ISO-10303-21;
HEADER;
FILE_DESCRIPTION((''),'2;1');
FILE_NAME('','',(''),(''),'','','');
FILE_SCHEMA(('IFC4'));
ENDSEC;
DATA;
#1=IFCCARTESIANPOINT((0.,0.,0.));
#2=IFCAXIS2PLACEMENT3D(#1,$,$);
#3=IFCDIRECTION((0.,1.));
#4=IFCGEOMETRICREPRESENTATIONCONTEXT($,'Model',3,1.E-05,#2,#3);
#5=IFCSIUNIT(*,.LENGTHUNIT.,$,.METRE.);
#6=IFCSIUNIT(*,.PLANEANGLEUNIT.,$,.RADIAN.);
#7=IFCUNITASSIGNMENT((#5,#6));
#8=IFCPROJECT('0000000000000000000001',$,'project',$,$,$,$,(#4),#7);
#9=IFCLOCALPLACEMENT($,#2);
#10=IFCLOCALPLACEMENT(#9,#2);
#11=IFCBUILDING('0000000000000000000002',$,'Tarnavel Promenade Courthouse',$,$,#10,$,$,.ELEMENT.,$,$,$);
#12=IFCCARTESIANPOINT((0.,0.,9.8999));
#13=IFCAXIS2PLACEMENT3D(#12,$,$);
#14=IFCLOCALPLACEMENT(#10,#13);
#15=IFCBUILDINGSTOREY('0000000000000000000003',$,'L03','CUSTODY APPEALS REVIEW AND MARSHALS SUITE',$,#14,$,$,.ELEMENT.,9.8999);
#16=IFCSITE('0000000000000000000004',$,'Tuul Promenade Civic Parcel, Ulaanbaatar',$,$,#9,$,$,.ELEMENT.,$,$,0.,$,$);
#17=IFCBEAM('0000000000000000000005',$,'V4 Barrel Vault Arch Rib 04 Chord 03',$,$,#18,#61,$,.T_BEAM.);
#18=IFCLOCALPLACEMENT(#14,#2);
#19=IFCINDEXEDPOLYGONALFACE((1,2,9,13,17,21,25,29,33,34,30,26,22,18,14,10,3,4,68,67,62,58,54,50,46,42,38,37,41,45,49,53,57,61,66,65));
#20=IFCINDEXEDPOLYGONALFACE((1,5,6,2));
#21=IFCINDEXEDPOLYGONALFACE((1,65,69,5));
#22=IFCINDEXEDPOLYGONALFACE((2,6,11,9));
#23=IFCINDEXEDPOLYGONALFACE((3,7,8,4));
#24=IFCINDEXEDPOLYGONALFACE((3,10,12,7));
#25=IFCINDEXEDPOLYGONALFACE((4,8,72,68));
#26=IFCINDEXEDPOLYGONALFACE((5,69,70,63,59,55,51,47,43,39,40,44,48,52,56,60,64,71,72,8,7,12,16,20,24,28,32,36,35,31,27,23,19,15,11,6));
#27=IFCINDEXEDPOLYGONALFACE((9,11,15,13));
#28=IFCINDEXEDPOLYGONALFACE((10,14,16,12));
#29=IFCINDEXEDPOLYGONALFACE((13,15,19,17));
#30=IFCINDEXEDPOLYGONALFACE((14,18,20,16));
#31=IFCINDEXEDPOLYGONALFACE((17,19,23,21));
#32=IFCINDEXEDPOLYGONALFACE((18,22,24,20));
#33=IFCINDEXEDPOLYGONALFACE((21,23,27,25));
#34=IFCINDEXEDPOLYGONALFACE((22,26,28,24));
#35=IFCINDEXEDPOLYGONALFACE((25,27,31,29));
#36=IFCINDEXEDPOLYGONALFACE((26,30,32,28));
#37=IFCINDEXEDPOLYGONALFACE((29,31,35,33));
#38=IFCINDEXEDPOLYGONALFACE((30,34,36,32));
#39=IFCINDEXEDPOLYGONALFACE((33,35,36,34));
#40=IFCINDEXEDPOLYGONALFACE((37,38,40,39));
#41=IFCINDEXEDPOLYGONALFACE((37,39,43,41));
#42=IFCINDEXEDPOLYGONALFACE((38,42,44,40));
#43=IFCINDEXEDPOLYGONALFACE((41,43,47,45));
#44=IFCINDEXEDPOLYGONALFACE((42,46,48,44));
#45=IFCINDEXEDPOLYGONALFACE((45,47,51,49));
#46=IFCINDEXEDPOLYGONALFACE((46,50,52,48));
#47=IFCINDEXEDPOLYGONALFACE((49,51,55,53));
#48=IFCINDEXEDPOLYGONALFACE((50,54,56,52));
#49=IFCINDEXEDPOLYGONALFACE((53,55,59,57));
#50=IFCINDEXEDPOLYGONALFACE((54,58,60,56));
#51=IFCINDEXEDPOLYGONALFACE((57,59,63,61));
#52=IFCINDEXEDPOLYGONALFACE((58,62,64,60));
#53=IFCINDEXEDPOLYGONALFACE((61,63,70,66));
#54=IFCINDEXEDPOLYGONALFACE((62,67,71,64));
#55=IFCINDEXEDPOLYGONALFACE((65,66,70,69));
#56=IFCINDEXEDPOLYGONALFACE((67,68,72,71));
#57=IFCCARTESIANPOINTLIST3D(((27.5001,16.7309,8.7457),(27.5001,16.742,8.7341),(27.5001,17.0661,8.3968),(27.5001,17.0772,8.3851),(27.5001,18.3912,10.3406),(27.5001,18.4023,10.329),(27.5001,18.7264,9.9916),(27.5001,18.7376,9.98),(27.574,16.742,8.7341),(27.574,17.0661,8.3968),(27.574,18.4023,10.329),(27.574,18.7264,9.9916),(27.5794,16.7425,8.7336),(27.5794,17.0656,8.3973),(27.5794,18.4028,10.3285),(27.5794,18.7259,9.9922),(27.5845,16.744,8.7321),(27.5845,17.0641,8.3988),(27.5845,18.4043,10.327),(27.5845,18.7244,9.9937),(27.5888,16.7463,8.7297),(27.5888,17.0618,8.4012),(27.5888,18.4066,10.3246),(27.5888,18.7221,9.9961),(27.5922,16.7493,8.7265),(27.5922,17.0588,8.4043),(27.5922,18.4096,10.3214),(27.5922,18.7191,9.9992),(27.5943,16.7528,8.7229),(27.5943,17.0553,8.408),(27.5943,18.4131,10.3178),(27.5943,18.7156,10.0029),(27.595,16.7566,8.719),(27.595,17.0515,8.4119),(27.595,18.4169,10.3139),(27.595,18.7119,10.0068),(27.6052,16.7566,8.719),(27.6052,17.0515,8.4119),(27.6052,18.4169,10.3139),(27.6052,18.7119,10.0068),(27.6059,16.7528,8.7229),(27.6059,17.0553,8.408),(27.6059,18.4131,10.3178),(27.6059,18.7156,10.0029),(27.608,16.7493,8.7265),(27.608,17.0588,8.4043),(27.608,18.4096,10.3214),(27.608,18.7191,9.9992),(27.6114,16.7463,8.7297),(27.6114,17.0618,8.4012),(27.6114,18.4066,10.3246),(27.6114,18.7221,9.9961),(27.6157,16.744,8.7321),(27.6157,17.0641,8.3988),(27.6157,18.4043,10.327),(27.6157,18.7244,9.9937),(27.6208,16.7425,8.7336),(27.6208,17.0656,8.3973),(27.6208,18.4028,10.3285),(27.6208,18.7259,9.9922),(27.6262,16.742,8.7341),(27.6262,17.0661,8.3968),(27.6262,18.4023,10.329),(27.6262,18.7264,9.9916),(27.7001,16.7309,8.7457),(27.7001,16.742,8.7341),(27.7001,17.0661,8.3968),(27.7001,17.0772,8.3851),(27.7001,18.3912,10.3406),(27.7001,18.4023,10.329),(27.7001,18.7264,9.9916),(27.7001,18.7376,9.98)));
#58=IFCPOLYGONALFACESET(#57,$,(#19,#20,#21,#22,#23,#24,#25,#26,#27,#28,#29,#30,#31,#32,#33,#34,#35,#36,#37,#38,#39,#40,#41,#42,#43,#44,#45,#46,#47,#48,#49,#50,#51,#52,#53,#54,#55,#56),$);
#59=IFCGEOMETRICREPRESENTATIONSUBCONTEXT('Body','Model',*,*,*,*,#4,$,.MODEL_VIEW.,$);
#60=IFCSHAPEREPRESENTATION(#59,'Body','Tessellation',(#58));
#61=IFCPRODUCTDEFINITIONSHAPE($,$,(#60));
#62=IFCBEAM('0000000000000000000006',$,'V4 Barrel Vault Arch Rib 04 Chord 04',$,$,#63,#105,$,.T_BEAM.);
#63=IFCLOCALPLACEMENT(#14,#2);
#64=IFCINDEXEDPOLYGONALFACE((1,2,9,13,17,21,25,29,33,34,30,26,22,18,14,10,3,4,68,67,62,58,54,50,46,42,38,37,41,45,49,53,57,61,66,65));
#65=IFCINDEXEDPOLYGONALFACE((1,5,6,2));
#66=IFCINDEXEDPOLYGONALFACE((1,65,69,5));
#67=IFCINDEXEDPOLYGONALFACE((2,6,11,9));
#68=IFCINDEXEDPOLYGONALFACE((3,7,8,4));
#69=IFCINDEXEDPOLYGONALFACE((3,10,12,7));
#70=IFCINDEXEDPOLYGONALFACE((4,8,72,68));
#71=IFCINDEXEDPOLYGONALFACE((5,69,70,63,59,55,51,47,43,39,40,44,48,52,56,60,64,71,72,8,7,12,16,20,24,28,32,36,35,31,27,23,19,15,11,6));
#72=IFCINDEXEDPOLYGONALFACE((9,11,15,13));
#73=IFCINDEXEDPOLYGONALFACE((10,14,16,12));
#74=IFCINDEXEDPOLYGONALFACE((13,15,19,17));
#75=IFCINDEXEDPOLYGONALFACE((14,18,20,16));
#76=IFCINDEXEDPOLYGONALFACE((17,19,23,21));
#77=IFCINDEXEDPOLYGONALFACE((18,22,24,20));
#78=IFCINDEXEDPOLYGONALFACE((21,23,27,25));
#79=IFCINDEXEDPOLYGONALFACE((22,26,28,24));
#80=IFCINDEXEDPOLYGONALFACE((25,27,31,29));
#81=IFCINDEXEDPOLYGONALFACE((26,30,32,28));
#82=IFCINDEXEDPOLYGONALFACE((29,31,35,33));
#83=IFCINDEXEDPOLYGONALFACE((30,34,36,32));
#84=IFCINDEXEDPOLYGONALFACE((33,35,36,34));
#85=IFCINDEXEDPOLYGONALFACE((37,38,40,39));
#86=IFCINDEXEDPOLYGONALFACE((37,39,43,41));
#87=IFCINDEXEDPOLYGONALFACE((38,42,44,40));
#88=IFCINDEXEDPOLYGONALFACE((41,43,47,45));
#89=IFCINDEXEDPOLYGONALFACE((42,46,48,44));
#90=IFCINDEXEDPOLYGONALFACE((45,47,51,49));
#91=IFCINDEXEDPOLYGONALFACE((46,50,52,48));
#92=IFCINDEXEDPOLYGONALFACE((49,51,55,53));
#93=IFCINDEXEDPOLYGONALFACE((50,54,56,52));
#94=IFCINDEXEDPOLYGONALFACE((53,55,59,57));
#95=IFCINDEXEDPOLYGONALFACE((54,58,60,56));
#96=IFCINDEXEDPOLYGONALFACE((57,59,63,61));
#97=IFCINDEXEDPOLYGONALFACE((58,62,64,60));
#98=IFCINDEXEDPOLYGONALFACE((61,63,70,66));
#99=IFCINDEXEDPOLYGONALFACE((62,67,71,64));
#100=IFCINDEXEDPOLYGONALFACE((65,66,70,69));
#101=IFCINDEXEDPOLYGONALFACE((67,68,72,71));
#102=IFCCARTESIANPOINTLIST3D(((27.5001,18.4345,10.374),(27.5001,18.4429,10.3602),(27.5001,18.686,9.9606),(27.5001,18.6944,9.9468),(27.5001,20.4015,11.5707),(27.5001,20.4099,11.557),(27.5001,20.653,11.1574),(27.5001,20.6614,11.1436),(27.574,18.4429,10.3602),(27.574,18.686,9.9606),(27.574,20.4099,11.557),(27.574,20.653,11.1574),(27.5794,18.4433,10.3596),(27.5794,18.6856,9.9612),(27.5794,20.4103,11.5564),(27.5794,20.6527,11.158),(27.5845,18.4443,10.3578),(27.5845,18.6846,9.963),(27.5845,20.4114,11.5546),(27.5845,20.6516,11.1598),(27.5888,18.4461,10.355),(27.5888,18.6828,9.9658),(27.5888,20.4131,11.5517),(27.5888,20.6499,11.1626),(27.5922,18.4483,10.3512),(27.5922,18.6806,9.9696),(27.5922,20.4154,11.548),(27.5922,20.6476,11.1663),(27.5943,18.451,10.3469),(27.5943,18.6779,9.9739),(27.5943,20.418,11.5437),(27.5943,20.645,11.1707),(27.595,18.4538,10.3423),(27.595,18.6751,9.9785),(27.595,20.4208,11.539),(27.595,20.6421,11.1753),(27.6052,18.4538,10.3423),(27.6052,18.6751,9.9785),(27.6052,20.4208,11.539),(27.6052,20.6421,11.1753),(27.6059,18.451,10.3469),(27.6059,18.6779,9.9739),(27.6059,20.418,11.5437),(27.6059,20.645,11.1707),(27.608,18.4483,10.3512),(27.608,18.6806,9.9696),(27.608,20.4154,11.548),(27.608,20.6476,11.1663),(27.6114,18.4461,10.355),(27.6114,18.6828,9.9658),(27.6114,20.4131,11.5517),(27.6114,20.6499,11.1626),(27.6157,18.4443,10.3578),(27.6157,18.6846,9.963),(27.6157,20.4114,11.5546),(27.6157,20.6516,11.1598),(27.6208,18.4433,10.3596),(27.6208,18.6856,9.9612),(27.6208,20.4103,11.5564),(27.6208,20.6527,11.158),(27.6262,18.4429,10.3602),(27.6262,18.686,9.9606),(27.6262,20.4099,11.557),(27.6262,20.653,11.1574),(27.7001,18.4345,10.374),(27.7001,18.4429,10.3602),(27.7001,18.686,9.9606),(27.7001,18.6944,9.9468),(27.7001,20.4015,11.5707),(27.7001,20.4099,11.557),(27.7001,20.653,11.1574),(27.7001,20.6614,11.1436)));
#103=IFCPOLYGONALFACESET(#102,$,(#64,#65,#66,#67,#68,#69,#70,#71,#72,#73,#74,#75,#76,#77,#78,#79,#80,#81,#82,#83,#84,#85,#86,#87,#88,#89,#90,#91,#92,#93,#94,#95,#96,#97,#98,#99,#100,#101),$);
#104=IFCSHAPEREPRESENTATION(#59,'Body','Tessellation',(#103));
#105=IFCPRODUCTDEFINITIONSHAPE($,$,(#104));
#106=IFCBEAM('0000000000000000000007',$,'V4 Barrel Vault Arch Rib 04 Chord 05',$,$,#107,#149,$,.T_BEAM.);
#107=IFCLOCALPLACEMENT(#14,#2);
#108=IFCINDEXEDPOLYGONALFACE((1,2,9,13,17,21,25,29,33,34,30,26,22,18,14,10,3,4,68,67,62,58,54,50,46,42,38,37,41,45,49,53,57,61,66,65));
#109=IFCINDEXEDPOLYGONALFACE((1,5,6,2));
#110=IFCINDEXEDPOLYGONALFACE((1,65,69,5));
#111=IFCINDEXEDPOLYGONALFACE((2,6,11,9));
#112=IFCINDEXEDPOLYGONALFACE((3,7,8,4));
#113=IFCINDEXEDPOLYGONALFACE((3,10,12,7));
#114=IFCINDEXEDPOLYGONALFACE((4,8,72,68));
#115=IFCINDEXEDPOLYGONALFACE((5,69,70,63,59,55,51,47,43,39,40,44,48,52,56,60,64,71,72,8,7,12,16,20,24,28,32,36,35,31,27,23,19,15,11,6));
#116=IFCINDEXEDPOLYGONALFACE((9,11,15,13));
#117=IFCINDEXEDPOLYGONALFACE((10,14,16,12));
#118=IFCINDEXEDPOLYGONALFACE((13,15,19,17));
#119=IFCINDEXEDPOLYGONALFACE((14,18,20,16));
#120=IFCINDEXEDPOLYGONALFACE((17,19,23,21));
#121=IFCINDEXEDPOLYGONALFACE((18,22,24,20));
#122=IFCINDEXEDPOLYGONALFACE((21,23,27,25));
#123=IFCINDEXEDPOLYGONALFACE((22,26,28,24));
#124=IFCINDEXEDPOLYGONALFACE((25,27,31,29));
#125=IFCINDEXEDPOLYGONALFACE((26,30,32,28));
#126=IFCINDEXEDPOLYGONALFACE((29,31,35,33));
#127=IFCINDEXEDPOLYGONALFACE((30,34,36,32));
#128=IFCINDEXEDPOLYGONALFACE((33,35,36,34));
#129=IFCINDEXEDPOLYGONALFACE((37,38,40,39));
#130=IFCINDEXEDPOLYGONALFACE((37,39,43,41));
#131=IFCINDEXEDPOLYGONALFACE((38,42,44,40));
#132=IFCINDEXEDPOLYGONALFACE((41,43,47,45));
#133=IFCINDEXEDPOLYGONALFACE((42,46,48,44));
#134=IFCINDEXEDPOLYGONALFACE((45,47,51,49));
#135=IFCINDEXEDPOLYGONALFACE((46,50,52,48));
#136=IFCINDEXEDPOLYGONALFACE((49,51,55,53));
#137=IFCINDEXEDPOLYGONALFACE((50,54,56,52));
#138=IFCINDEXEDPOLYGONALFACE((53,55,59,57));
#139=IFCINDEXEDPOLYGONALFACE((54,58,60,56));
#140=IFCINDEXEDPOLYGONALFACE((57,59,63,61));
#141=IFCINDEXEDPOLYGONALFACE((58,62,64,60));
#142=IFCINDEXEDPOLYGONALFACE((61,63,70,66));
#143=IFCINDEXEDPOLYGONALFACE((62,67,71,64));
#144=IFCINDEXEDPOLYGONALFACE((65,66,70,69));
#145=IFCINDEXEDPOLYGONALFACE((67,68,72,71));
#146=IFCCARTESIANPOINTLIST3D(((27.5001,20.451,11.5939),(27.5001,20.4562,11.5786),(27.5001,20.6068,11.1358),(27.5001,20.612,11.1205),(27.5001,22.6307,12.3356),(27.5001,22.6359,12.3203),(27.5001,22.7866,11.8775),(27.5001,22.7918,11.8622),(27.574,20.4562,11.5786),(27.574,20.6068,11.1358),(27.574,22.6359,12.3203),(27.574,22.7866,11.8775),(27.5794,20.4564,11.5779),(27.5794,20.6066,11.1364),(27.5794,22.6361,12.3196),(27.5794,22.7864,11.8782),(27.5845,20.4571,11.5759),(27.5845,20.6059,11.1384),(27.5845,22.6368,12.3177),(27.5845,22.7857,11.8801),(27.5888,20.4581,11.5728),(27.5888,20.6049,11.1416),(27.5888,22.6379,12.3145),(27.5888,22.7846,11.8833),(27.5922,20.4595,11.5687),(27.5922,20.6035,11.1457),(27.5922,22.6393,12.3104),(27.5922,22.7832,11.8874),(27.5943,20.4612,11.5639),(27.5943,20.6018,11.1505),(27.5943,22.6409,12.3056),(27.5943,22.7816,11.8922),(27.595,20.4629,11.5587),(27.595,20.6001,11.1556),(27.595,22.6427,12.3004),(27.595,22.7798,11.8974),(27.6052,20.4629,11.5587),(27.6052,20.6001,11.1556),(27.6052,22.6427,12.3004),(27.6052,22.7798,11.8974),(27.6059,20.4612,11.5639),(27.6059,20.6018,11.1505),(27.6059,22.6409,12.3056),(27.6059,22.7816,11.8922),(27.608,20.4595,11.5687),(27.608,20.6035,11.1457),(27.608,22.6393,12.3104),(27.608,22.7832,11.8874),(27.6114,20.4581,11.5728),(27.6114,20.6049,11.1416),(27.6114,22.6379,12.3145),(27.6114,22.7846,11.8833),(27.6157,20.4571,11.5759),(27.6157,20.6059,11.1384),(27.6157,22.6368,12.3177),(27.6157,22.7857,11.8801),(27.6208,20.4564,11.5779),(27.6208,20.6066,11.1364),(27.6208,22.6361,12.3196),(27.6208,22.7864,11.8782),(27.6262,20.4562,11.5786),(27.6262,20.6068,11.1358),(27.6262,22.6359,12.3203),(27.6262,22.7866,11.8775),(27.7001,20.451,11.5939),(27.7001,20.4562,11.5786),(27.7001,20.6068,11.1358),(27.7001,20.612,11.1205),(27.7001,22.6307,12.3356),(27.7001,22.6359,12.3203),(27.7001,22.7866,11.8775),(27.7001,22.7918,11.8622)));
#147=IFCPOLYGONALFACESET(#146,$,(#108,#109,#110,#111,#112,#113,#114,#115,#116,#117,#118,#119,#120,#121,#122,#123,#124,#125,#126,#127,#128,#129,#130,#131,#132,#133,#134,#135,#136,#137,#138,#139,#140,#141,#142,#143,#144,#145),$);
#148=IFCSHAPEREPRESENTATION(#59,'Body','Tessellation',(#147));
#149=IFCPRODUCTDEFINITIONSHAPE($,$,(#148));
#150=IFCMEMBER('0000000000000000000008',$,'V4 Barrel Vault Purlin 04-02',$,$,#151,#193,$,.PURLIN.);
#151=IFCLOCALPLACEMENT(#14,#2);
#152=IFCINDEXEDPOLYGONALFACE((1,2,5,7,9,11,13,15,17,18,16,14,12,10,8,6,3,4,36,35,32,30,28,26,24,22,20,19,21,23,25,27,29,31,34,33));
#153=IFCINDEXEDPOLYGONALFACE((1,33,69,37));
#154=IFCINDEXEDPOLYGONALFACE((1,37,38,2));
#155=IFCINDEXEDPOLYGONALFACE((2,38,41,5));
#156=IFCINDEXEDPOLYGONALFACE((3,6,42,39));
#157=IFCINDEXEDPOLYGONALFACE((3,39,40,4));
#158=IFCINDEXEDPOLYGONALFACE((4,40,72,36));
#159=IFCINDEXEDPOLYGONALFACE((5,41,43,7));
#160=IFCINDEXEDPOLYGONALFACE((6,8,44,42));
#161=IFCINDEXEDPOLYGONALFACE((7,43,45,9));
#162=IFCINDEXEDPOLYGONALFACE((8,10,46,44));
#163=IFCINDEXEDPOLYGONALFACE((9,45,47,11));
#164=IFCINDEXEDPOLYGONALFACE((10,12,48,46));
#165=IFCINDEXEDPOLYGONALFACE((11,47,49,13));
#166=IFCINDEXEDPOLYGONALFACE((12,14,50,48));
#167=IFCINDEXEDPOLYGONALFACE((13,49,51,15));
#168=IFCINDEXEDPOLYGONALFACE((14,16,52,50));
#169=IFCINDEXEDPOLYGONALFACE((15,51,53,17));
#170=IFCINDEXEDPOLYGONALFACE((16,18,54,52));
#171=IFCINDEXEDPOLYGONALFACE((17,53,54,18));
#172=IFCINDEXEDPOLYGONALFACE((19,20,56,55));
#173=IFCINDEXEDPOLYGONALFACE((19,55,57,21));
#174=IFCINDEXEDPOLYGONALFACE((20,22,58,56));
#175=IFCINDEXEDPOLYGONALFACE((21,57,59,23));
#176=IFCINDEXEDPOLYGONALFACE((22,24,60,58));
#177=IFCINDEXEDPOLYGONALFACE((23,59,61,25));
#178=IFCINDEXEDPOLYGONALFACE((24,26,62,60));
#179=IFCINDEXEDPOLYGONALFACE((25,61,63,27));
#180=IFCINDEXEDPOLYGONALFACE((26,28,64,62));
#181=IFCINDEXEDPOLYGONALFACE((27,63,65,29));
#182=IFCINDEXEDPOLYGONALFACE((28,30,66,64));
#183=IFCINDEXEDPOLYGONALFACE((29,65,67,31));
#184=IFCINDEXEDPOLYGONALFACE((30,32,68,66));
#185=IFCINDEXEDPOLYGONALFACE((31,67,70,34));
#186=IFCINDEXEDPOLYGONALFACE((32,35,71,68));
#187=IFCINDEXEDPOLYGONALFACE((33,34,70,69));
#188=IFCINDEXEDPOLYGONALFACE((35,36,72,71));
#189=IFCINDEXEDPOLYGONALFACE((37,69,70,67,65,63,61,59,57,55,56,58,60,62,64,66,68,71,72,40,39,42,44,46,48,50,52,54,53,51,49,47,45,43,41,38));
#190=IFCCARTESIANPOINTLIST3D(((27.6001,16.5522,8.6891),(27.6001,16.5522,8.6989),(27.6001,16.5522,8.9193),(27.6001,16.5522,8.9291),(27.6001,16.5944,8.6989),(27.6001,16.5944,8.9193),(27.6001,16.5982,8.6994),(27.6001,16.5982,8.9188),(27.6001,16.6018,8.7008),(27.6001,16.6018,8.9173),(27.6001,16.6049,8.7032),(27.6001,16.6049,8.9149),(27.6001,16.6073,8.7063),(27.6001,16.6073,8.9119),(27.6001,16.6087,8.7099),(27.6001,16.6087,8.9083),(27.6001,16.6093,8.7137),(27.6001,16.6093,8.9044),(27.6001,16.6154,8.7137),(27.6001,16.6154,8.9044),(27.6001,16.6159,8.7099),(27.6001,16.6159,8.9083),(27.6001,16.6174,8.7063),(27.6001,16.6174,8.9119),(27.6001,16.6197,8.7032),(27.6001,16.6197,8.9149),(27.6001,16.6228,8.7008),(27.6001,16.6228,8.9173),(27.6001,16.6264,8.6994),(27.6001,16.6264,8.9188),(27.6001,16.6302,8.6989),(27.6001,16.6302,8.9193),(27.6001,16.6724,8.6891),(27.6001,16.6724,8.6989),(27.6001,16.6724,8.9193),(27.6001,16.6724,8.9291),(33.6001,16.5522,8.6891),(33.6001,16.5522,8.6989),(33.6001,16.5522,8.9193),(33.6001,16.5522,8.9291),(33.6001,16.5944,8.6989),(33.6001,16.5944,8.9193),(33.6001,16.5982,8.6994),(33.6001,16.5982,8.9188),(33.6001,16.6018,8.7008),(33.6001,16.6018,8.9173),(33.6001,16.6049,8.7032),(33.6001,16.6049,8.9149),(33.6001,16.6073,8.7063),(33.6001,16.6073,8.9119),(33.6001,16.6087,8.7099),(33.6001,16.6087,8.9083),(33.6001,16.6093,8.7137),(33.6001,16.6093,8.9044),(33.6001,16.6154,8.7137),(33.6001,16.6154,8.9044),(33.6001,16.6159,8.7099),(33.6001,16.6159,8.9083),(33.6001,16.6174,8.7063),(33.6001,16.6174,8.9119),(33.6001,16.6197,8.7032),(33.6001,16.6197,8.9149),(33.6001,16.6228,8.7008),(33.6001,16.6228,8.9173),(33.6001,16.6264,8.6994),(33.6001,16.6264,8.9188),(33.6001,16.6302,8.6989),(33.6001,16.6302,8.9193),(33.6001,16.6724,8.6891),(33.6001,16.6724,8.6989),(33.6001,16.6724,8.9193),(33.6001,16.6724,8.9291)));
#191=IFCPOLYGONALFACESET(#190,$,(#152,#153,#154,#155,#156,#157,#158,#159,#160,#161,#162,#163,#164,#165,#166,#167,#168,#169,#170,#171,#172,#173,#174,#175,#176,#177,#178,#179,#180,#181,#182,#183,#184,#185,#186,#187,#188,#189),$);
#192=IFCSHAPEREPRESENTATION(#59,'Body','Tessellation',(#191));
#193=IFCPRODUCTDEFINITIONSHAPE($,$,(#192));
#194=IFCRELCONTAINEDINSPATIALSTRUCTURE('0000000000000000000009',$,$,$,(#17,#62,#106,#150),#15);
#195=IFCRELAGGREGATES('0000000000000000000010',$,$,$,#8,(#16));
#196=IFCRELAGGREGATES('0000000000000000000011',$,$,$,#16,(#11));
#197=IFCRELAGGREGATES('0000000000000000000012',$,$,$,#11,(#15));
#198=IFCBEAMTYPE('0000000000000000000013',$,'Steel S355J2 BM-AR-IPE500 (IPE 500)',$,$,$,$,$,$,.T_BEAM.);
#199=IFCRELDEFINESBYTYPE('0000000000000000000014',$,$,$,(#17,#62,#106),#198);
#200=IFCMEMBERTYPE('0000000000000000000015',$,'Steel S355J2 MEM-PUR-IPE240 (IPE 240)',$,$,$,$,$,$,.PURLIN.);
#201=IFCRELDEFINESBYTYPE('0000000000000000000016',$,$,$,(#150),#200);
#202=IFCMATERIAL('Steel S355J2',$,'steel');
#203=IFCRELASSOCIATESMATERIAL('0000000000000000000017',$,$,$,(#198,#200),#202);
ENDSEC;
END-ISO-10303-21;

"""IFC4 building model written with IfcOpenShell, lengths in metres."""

from ifc_helpers import new_model, si_unit, direction, frame, origin, origin_2d, place, context, subcontext, project, spatial, i_section, extrude, material, material_profile, profile_set, type_object, element, save


model = new_model("IFC4")

# Units and contexts
model_context = context("Model", 3, precision=1e-05, world=origin(), true_north=direction((0.0, 1.0)))
body_context = subcontext(model_context, "Body", "Model", "MODEL_VIEW")
ifc_project = project(units=[si_unit("LENGTHUNIT", "METRE"), si_unit("PLANEANGLEUNIT", "RADIAN")], contexts=[model_context])

# Site, building, storey
site_placement = place(None, origin())
site = spatial("IfcSite", under=ifc_project, at=site_placement, Name="Tuul Promenade Civic Parcel, Ulaanbaatar", CompositionType="ELEMENT", RefElevation=0.0)
building_placement = place(site_placement, origin())
building = spatial("IfcBuilding", under=site, at=building_placement, Name="Tarnavel Promenade Courthouse", CompositionType="ELEMENT")
storey_placement = place(building_placement, frame((0.0, 0.0, 9.8999)))
storey = spatial("IfcBuildingStorey", under=building, at=storey_placement, Name="L03", Description="CUSTODY APPEALS REVIEW AND MARSHALS SUITE", CompositionType="ELEMENT", Elevation=9.8999)

# Beams
ifc_material_1 = material(Name="Steel S355J2", Category="steel")
ifc_material_profile_1 = material_profile(ifc_material_1, i_section(OverallWidth=0.2, OverallDepth=0.5, WebThickness=0.0103, FlangeThickness=0.0161, FilletRadius=0.021, at=origin_2d()), Name="IPE 500")
ifc_profile_set_1 = profile_set([ifc_material_profile_1], Name="Steel S355J2")
beam_type = type_object("IfcBeamType", Name="Steel S355J2 BM-AR-IPE500 (IPE 500)", PredefinedType="T_BEAM", material=ifc_profile_set_1)
beam_placement = place(storey_placement, frame((27.6001, 16.9041, 8.5654), z_axis=(0.0, 0.721173, 0.692755), x_axis=(-1.0, 0.0, 0.0)))
element("IfcBeam", 1, at=beam_placement, inside=storey, type_object=beam_type, Name="V4 Barrel Vault Arch Rib 04 Chord 03", PredefinedType="T_BEAM", context=body_context, shape_type="SweptSolid", body=[
    extrude(i_section(OverallWidth=0.2, OverallDepth=0.5, WebThickness=0.0103, FlangeThickness=0.0161, FilletRadius=0.021, at=origin_2d()), origin(), (0.0, 0.0, 1.0), 2.3022),
])
for number, where, z_axis, x_axis, name in (
    (2, (27.6001, 18.5645, 10.1604), (0.0, 0.854305, 0.519772), (-1.0, 0.0, 0.0), "V4 Barrel Vault Arch Rib 04 Chord 04"),
    (3, (27.6001, 20.5315, 11.3572), (0.0, 0.946693, 0.322138), (-1.0, 0.0, 0.0), "V4 Barrel Vault Arch Rib 04 Chord 05"),
):
    element("IfcBeam", number, at=place(storey_placement, frame(where, z_axis=z_axis, x_axis=x_axis)), inside=storey, type_object=beam_type, Name=name, PredefinedType="T_BEAM", context=body_context, shape_type="SweptSolid", body=[
        extrude(i_section(OverallWidth=0.2, OverallDepth=0.5, WebThickness=0.0103, FlangeThickness=0.0161, FilletRadius=0.021, at=origin_2d()), origin(), (0.0, 0.0, 1.0), 2.3025),
    ])

# Member
ifc_material_profile_2 = material_profile(ifc_material_1, i_section(OverallWidth=0.1201, OverallDepth=0.24, WebThickness=0.0061, FlangeThickness=0.0098, FilletRadius=0.0149, at=origin_2d()), Name="IPE 240")
ifc_profile_set_2 = profile_set([ifc_material_profile_2], Name="Steel S355J2")
member_type_1 = type_object("IfcMemberType", Name="Steel S355J2 MEM-PUR-IPE240 (IPE 240)", PredefinedType="PURLIN", material=ifc_profile_set_2)
for number, where, z_axis, x_axis, name in (
    (4, (27.6001, 16.6123, 8.8091), (1.0, 0.0, 0.0), (0.0, 1.0, 0.0), "V4 Barrel Vault Purlin 04-02"),
):
    element("IfcMember", number, at=place(storey_placement, frame(where, z_axis=z_axis, x_axis=x_axis)), inside=storey, type_object=member_type_1, Name=name, PredefinedType="PURLIN", context=body_context, shape_type="SweptSolid", body=[
        extrude(i_section(OverallWidth=0.1201, OverallDepth=0.24, WebThickness=0.0061, FlangeThickness=0.0098, FilletRadius=0.0149, at=origin_2d()), origin(), (0.0, 0.0, 1.0), 6.0),
    ])

save(model, "model.ifc")
